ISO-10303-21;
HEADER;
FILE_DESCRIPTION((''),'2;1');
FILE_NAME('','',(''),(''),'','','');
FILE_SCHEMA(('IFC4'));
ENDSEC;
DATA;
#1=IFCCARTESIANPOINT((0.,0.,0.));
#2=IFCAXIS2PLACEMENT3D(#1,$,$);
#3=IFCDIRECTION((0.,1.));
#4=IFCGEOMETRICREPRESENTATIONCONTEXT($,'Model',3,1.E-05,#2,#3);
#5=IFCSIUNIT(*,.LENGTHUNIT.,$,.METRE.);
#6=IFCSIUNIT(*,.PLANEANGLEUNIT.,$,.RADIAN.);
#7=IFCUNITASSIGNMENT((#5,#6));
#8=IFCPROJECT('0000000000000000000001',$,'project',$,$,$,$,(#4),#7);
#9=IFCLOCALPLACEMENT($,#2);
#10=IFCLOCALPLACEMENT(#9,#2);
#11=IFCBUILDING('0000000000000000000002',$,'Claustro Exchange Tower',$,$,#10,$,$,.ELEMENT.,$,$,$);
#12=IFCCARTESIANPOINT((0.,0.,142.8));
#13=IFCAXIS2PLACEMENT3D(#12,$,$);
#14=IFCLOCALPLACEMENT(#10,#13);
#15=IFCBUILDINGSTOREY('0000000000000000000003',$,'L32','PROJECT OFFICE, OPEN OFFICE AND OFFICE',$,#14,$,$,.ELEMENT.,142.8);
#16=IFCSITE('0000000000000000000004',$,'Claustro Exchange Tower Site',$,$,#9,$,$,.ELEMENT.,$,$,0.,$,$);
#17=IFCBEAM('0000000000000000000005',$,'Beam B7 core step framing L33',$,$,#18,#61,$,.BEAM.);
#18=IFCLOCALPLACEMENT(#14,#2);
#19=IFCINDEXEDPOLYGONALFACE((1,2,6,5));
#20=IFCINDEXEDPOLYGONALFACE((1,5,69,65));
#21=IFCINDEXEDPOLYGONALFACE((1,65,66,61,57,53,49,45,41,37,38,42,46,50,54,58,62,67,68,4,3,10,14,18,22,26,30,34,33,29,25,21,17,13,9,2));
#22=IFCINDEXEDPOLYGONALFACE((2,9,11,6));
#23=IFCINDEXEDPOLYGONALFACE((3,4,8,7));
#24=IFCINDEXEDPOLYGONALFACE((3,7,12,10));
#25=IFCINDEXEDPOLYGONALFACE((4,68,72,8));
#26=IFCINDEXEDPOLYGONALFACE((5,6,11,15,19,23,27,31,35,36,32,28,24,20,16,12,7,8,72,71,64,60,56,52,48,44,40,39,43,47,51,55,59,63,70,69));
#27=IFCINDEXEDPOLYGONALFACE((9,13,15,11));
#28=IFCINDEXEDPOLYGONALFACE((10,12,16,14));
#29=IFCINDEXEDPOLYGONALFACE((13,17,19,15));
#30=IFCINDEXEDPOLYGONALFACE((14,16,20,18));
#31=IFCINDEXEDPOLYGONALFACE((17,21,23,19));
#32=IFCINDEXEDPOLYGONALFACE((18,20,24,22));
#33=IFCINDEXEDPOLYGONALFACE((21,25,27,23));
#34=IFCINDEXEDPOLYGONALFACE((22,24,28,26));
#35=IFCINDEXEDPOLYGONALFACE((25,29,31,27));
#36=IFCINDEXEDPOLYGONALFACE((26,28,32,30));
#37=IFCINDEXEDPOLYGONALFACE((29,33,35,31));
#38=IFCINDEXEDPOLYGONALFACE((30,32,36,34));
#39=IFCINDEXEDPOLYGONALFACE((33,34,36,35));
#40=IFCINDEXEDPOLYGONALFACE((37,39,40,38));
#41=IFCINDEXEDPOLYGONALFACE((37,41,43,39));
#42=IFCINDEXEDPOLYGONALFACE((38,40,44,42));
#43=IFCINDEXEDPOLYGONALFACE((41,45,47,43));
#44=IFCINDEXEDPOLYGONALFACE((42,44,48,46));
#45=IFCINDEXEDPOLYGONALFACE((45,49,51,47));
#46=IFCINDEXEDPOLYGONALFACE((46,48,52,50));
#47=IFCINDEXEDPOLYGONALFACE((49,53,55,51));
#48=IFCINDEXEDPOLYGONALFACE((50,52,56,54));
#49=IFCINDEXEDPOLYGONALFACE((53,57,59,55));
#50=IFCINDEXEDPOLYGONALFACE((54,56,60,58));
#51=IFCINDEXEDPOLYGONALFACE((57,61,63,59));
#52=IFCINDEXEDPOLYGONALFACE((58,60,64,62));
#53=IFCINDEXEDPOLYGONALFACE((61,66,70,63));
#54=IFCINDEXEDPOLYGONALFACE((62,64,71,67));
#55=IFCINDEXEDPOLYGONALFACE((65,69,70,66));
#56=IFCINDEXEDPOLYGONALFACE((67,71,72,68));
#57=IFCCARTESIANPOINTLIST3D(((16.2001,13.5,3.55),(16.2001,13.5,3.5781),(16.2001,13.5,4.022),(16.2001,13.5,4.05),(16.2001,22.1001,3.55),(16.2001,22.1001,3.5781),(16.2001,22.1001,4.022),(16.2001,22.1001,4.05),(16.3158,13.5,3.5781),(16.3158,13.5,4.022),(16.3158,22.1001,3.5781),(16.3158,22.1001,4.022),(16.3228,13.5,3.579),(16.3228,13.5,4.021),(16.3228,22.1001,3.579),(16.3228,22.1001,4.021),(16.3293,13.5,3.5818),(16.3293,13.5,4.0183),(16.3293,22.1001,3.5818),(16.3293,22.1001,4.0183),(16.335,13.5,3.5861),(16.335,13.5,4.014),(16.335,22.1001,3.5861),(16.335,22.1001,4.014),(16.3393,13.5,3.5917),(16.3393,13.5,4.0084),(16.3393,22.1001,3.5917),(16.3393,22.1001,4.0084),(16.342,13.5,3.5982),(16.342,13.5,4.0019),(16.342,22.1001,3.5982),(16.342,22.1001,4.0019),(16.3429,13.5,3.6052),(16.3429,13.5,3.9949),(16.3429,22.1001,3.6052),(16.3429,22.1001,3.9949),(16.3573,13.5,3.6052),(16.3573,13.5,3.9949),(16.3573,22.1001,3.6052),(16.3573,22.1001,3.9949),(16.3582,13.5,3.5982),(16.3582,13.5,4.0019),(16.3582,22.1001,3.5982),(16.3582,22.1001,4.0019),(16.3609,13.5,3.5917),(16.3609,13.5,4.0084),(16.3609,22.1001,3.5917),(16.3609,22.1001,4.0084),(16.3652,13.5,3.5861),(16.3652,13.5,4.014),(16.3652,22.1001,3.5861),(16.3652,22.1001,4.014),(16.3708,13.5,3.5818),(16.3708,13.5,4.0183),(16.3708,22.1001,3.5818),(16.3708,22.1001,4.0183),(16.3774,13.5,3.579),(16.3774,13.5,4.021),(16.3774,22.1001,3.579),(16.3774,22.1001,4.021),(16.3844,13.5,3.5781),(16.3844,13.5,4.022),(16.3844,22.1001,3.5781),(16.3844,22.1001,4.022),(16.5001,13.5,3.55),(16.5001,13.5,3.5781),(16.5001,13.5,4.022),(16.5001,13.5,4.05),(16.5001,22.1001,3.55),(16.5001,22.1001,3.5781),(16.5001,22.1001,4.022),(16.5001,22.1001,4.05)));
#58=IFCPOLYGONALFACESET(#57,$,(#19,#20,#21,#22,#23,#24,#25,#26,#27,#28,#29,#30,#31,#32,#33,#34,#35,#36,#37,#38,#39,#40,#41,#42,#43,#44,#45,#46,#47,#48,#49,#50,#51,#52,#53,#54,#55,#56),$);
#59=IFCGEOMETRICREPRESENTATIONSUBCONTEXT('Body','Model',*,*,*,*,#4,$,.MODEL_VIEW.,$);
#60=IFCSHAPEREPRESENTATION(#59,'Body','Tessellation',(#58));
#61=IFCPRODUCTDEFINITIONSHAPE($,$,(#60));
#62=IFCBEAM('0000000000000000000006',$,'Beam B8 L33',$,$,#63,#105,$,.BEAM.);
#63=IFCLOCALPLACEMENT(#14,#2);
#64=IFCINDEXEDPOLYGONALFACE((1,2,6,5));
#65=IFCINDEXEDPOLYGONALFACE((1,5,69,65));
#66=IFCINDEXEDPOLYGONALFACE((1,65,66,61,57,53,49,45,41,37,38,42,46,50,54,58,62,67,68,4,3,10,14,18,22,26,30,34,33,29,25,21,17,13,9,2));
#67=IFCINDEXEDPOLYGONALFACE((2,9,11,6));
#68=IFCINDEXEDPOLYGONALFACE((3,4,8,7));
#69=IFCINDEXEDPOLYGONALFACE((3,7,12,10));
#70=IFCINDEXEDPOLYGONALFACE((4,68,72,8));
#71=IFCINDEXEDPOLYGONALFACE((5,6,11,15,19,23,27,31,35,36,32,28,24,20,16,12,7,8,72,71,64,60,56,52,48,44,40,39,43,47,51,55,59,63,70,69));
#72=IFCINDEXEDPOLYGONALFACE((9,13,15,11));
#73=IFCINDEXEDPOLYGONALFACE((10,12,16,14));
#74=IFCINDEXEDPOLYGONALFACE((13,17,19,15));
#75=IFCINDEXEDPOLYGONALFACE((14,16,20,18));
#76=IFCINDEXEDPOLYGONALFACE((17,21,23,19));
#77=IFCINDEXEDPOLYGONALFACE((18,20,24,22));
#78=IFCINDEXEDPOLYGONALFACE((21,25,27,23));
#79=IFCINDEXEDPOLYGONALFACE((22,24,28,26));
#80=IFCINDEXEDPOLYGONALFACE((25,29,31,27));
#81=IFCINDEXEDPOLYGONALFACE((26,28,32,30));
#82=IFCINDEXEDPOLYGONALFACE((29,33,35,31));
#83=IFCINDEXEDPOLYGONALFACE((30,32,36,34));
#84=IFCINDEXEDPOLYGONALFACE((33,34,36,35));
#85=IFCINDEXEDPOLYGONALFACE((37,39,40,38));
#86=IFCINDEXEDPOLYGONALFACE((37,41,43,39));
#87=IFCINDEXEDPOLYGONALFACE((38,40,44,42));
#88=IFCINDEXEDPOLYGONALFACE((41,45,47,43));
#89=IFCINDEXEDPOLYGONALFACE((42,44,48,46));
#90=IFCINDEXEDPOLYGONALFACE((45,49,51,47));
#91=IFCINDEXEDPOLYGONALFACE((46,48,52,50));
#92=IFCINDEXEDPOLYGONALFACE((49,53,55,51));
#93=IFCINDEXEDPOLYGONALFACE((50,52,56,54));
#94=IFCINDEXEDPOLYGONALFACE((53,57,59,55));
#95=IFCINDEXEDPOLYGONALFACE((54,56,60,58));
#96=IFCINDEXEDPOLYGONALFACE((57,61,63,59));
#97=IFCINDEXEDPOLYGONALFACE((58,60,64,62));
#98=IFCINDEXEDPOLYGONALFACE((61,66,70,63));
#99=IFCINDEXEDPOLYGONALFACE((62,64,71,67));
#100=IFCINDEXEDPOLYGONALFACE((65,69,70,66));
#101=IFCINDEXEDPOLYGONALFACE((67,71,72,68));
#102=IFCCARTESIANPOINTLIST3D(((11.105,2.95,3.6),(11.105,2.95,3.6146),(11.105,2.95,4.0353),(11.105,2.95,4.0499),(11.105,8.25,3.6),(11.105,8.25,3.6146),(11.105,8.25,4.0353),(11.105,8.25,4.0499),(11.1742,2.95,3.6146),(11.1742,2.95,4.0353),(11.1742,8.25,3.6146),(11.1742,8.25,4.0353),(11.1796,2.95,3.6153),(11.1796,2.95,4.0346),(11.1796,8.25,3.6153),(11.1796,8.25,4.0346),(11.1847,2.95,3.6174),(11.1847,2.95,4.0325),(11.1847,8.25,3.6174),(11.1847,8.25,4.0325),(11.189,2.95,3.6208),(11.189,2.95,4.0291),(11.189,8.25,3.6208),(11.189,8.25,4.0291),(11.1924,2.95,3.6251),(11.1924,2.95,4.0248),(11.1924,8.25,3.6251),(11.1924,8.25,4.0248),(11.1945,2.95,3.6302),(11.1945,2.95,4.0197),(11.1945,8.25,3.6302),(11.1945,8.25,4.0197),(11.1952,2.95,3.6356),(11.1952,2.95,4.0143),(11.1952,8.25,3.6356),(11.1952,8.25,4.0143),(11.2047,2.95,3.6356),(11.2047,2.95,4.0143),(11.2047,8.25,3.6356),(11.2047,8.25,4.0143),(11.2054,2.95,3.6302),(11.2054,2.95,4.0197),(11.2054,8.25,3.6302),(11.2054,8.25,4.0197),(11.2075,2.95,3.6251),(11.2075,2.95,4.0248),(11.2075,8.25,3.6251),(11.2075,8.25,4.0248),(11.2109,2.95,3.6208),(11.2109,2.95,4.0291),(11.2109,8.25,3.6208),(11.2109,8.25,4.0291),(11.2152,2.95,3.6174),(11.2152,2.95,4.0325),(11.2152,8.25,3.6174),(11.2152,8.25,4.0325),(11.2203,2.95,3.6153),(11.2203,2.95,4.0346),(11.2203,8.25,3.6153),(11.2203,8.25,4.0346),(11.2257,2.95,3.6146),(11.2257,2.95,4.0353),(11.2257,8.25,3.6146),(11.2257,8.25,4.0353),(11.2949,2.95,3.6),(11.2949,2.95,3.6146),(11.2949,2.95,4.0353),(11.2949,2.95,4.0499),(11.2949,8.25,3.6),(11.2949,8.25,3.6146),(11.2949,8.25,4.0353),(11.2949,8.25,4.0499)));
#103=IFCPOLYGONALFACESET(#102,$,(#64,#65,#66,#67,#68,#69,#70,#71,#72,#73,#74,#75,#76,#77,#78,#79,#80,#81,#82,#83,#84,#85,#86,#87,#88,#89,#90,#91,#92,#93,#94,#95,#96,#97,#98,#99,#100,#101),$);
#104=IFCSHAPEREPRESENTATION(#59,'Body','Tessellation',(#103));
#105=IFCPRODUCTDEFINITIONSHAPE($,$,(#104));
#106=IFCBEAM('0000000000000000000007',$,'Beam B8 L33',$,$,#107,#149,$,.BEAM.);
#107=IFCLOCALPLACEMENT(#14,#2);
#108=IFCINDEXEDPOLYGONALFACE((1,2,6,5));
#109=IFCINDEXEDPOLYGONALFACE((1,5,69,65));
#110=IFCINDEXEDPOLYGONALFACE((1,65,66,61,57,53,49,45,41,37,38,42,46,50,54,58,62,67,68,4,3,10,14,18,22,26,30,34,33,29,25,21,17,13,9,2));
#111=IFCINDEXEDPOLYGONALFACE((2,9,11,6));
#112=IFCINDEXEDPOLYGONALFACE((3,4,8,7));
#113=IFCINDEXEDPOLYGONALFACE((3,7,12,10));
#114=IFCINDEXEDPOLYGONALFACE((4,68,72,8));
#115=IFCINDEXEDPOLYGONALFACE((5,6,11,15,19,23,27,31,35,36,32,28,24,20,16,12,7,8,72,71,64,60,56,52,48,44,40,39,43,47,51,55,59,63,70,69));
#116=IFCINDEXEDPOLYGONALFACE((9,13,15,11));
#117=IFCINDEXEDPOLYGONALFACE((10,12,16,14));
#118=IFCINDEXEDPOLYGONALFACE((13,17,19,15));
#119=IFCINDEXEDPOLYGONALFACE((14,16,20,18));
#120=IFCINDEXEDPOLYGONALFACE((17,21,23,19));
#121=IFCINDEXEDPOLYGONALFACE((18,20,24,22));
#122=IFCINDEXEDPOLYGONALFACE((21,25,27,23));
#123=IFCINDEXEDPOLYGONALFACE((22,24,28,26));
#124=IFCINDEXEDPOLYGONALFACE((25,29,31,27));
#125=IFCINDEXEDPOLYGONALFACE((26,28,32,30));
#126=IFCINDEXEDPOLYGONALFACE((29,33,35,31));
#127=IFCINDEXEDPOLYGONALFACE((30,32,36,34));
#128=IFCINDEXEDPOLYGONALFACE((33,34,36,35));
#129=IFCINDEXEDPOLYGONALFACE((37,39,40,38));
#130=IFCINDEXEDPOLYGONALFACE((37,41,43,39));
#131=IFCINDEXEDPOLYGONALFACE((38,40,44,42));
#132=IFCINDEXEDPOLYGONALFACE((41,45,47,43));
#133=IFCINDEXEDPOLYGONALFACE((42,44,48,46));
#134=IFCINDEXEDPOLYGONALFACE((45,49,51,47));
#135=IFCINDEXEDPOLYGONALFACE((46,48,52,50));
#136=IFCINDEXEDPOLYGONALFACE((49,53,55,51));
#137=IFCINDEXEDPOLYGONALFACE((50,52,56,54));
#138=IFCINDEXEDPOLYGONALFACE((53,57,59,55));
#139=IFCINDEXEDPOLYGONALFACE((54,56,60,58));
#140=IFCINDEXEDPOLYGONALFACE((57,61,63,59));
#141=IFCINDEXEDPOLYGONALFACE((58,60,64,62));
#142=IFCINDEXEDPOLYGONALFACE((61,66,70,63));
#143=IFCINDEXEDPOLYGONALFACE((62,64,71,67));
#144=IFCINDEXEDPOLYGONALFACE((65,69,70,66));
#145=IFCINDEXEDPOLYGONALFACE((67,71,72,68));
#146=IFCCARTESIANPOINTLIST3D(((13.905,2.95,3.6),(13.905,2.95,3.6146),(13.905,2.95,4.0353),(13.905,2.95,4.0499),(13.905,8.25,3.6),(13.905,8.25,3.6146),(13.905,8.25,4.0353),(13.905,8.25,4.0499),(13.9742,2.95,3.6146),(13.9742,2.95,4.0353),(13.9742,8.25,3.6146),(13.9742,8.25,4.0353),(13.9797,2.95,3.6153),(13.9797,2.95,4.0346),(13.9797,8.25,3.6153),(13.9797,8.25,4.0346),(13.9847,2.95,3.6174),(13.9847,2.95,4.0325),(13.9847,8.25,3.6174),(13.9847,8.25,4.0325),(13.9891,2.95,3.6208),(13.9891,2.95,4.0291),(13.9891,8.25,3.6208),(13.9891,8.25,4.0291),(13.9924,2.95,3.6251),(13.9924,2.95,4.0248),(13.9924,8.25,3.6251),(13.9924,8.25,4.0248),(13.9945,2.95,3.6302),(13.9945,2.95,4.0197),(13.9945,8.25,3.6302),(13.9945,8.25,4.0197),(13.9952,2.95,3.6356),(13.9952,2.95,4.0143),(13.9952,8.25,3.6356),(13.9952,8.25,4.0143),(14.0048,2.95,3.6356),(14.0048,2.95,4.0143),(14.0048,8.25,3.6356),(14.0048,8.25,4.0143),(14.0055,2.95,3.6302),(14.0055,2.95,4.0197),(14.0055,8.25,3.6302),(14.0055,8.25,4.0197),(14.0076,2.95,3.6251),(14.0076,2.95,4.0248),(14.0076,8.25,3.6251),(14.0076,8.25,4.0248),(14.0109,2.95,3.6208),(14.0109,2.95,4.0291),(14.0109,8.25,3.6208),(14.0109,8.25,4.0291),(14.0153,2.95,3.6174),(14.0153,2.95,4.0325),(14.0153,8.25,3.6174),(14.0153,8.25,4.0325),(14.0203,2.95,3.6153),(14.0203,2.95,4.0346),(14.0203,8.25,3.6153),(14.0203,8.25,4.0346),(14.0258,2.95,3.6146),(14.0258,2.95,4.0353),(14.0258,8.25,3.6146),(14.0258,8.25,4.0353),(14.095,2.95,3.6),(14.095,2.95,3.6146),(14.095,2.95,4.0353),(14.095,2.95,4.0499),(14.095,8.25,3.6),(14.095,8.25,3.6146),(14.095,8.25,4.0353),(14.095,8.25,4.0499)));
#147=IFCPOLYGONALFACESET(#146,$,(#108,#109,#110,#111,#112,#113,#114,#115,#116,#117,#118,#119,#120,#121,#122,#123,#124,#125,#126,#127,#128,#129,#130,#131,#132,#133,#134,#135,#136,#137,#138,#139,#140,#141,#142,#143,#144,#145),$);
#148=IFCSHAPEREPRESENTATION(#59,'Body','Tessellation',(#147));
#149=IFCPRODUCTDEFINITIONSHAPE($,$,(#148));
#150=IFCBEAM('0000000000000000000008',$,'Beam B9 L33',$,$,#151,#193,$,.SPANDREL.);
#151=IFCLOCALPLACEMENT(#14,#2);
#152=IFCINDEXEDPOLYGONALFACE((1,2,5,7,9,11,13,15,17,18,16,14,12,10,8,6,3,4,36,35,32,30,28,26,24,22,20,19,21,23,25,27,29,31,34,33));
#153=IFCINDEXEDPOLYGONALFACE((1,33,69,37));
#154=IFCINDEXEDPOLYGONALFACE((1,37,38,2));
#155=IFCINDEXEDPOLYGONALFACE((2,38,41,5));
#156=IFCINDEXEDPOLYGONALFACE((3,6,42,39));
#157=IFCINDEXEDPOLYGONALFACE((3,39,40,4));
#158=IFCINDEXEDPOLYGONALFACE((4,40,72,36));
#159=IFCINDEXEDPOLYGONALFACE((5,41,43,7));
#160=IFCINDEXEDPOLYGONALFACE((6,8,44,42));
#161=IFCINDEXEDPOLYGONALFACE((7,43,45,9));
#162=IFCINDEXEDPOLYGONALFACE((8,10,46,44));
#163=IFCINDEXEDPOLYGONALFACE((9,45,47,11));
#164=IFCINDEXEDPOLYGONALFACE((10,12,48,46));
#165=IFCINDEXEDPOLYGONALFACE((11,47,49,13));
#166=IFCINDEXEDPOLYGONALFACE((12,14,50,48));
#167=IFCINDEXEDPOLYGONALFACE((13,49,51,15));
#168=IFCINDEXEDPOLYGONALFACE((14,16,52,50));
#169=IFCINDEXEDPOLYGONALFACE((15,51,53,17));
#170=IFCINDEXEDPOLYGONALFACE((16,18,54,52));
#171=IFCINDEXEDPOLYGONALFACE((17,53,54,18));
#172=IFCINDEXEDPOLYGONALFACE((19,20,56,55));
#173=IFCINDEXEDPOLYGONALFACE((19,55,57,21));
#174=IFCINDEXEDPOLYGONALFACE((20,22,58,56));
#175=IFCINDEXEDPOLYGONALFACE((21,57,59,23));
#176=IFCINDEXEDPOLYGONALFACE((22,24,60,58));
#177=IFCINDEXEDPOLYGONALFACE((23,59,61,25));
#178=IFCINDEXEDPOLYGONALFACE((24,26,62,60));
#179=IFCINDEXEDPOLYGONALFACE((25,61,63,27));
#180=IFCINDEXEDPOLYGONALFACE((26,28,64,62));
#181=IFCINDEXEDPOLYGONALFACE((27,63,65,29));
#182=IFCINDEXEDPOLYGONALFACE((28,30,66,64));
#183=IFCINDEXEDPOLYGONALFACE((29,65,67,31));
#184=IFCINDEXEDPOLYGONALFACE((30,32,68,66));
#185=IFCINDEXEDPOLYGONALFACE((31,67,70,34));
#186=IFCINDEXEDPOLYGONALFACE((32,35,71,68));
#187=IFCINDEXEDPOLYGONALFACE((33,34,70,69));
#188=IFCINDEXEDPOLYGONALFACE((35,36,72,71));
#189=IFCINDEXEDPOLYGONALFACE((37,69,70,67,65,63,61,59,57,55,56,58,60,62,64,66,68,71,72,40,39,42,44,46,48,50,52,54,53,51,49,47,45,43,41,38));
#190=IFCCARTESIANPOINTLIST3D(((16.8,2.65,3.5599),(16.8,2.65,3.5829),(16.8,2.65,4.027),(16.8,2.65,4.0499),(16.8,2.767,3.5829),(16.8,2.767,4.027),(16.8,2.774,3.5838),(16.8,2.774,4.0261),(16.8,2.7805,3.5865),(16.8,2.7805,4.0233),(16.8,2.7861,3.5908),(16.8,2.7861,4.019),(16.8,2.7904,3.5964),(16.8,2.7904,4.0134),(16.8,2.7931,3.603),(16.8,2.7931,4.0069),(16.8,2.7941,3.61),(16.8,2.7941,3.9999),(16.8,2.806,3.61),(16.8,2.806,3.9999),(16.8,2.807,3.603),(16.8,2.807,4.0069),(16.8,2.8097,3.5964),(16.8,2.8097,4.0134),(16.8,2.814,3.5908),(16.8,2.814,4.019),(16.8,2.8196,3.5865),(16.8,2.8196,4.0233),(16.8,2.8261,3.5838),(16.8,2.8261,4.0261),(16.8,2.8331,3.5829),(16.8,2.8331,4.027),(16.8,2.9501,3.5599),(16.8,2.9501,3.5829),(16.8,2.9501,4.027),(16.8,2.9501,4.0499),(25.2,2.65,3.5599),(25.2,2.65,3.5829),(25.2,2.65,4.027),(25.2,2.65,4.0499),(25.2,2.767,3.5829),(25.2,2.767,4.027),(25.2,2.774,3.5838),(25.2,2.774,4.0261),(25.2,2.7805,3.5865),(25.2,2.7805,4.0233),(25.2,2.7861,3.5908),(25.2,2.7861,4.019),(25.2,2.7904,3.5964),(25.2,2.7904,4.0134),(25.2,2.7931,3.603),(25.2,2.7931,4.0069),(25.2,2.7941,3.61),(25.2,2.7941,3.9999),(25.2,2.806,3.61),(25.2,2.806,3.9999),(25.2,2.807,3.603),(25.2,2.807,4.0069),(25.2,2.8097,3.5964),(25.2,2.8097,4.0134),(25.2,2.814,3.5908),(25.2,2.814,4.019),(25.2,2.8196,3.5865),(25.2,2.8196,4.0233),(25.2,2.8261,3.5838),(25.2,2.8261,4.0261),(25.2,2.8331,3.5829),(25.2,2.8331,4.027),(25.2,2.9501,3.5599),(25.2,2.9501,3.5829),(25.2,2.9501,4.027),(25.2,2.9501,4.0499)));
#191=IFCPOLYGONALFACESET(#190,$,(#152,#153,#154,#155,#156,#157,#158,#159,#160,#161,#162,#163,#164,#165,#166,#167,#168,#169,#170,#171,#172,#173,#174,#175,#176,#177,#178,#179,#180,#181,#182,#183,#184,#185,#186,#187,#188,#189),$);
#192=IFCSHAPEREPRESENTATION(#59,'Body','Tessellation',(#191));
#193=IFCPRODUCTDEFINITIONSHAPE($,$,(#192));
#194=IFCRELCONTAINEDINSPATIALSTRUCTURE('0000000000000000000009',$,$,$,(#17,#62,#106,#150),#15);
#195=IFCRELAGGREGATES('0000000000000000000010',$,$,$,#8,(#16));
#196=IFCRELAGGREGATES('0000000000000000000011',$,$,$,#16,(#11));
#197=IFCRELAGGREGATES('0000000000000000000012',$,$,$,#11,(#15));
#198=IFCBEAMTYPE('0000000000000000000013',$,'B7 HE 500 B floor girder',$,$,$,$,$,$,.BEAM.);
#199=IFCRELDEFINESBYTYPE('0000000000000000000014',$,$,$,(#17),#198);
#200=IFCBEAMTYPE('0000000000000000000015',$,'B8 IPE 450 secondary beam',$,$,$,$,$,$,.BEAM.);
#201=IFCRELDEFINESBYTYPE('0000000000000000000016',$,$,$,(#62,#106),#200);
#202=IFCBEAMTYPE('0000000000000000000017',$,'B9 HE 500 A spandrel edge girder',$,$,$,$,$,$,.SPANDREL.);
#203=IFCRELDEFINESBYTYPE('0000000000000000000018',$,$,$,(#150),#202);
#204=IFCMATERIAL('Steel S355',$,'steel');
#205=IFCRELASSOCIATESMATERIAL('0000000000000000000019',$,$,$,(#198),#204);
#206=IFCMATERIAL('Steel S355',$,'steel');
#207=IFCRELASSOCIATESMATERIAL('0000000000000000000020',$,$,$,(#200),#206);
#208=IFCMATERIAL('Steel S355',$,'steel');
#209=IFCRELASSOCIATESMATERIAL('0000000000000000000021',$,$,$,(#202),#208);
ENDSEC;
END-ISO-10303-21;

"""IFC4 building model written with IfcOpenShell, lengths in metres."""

from ifc_helpers import new_model, si_unit, direction, frame, origin, origin_2d, place, context, subcontext, project, spatial, i_section, extrude, material, material_profile, profile_set, type_object, element, save


model = new_model("IFC4")

# Units and contexts
model_context = context("Model", 3, precision=1e-05, world=origin(), true_north=direction((0.0, 1.0)))
body_context = subcontext(model_context, "Body", "Model", "MODEL_VIEW")
ifc_project = project(units=[si_unit("LENGTHUNIT", "METRE"), si_unit("PLANEANGLEUNIT", "RADIAN")], contexts=[model_context])

# Site, building, storey
site_placement = place(None, origin())
site = spatial("IfcSite", under=ifc_project, at=site_placement, Name="Claustro Exchange Tower Site", CompositionType="ELEMENT", RefElevation=0.0)
building_placement = place(site_placement, origin())
building = spatial("IfcBuilding", under=site, at=building_placement, Name="Claustro Exchange Tower", CompositionType="ELEMENT")
storey_placement = place(building_placement, frame((0.0, 0.0, 142.8)))
storey = spatial("IfcBuildingStorey", under=building, at=storey_placement, Name="L32", Description="PROJECT OFFICE, OPEN OFFICE AND OFFICE", CompositionType="ELEMENT", Elevation=142.8)

# Beams
ifc_material_1 = material(Name="Steel S355", Category="steel")
ifc_material_profile_1 = material_profile(ifc_material_1, i_section(OverallWidth=0.3, OverallDepth=0.5, WebThickness=0.0144, FlangeThickness=0.0281, FilletRadius=0.0271, at=origin_2d()), Name="HE 500 B")
ifc_profile_set_1 = profile_set([ifc_material_profile_1], Name="Steel S355")
beam_type_1 = type_object("IfcBeamType", Name="B7 HE 500 B floor girder", PredefinedType="BEAM", material=ifc_profile_set_1)
beam_1_placement = place(storey_placement, frame((16.3501, 13.5, 3.8), z_axis=(0.0, 1.0, 0.0), x_axis=(-1.0, 0.0, 0.0)))
element("IfcBeam", 1, at=beam_1_placement, inside=storey, type_object=beam_type_1, Name="Beam B7 core step framing L33", PredefinedType="BEAM", context=body_context, shape_type="SweptSolid", body=[
    extrude(i_section(OverallWidth=0.3, OverallDepth=0.5, WebThickness=0.0144, FlangeThickness=0.0281, FilletRadius=0.0271, at=origin_2d()), origin(), (0.0, 0.0, 1.0), 8.6001),
])
ifc_material_2 = material(Name="Steel S355", Category="steel")
ifc_material_profile_2 = material_profile(ifc_material_2, i_section(OverallWidth=0.1899, OverallDepth=0.45, WebThickness=0.0095, FlangeThickness=0.0146, FilletRadius=0.021, at=origin_2d()), Name="IPE 450")
ifc_profile_set_2 = profile_set([ifc_material_profile_2], Name="Steel S355")
beam_type_2 = type_object("IfcBeamType", Name="B8 IPE 450 secondary beam", PredefinedType="BEAM", material=ifc_profile_set_2)
for number, where, z_axis, x_axis, name in (
    (2, (11.2, 2.95, 3.825), (0.0, 1.0, 0.0), (-1.0, 0.0, 0.0), "Beam B8 L33"),
    (3, (14.0, 2.95, 3.825), (0.0, 1.0, 0.0), (-1.0, 0.0, 0.0), "Beam B8 L33"),
):
    element("IfcBeam", number, at=place(storey_placement, frame(where, z_axis=z_axis, x_axis=x_axis)), inside=storey, type_object=beam_type_2, Name=name, PredefinedType="BEAM", context=body_context, shape_type="SweptSolid", body=[
        extrude(i_section(OverallWidth=0.1899, OverallDepth=0.45, WebThickness=0.0095, FlangeThickness=0.0146, FilletRadius=0.021, at=origin_2d()), origin(), (0.0, 0.0, 1.0), 5.3),
    ])
ifc_material_3 = material(Name="Steel S355", Category="steel")
ifc_material_profile_3 = material_profile(ifc_material_3, i_section(OverallWidth=0.3, OverallDepth=0.49, WebThickness=0.012, FlangeThickness=0.0229, FilletRadius=0.0271, at=origin_2d()), Name="HE 500 A")
ifc_profile_set_3 = profile_set([ifc_material_profile_3], Name="Steel S355")
beam_type_3 = type_object("IfcBeamType", Name="B9 HE 500 A spandrel edge girder", PredefinedType="SPANDREL", material=ifc_profile_set_3)
beam_2_placement = place(storey_placement, frame((16.8, 2.8, 3.8049), z_axis=(1.0, 0.0, 0.0), x_axis=(0.0, 1.0, 0.0)))
element("IfcBeam", 4, at=beam_2_placement, inside=storey, type_object=beam_type_3, Name="Beam B9 L33", PredefinedType="SPANDREL", context=body_context, shape_type="SweptSolid", body=[
    extrude(i_section(OverallWidth=0.3, OverallDepth=0.49, WebThickness=0.012, FlangeThickness=0.0229, FilletRadius=0.0271, at=origin_2d()), origin(), (0.0, 0.0, 1.0), 8.3999),
])

save(model, "model.ifc")
